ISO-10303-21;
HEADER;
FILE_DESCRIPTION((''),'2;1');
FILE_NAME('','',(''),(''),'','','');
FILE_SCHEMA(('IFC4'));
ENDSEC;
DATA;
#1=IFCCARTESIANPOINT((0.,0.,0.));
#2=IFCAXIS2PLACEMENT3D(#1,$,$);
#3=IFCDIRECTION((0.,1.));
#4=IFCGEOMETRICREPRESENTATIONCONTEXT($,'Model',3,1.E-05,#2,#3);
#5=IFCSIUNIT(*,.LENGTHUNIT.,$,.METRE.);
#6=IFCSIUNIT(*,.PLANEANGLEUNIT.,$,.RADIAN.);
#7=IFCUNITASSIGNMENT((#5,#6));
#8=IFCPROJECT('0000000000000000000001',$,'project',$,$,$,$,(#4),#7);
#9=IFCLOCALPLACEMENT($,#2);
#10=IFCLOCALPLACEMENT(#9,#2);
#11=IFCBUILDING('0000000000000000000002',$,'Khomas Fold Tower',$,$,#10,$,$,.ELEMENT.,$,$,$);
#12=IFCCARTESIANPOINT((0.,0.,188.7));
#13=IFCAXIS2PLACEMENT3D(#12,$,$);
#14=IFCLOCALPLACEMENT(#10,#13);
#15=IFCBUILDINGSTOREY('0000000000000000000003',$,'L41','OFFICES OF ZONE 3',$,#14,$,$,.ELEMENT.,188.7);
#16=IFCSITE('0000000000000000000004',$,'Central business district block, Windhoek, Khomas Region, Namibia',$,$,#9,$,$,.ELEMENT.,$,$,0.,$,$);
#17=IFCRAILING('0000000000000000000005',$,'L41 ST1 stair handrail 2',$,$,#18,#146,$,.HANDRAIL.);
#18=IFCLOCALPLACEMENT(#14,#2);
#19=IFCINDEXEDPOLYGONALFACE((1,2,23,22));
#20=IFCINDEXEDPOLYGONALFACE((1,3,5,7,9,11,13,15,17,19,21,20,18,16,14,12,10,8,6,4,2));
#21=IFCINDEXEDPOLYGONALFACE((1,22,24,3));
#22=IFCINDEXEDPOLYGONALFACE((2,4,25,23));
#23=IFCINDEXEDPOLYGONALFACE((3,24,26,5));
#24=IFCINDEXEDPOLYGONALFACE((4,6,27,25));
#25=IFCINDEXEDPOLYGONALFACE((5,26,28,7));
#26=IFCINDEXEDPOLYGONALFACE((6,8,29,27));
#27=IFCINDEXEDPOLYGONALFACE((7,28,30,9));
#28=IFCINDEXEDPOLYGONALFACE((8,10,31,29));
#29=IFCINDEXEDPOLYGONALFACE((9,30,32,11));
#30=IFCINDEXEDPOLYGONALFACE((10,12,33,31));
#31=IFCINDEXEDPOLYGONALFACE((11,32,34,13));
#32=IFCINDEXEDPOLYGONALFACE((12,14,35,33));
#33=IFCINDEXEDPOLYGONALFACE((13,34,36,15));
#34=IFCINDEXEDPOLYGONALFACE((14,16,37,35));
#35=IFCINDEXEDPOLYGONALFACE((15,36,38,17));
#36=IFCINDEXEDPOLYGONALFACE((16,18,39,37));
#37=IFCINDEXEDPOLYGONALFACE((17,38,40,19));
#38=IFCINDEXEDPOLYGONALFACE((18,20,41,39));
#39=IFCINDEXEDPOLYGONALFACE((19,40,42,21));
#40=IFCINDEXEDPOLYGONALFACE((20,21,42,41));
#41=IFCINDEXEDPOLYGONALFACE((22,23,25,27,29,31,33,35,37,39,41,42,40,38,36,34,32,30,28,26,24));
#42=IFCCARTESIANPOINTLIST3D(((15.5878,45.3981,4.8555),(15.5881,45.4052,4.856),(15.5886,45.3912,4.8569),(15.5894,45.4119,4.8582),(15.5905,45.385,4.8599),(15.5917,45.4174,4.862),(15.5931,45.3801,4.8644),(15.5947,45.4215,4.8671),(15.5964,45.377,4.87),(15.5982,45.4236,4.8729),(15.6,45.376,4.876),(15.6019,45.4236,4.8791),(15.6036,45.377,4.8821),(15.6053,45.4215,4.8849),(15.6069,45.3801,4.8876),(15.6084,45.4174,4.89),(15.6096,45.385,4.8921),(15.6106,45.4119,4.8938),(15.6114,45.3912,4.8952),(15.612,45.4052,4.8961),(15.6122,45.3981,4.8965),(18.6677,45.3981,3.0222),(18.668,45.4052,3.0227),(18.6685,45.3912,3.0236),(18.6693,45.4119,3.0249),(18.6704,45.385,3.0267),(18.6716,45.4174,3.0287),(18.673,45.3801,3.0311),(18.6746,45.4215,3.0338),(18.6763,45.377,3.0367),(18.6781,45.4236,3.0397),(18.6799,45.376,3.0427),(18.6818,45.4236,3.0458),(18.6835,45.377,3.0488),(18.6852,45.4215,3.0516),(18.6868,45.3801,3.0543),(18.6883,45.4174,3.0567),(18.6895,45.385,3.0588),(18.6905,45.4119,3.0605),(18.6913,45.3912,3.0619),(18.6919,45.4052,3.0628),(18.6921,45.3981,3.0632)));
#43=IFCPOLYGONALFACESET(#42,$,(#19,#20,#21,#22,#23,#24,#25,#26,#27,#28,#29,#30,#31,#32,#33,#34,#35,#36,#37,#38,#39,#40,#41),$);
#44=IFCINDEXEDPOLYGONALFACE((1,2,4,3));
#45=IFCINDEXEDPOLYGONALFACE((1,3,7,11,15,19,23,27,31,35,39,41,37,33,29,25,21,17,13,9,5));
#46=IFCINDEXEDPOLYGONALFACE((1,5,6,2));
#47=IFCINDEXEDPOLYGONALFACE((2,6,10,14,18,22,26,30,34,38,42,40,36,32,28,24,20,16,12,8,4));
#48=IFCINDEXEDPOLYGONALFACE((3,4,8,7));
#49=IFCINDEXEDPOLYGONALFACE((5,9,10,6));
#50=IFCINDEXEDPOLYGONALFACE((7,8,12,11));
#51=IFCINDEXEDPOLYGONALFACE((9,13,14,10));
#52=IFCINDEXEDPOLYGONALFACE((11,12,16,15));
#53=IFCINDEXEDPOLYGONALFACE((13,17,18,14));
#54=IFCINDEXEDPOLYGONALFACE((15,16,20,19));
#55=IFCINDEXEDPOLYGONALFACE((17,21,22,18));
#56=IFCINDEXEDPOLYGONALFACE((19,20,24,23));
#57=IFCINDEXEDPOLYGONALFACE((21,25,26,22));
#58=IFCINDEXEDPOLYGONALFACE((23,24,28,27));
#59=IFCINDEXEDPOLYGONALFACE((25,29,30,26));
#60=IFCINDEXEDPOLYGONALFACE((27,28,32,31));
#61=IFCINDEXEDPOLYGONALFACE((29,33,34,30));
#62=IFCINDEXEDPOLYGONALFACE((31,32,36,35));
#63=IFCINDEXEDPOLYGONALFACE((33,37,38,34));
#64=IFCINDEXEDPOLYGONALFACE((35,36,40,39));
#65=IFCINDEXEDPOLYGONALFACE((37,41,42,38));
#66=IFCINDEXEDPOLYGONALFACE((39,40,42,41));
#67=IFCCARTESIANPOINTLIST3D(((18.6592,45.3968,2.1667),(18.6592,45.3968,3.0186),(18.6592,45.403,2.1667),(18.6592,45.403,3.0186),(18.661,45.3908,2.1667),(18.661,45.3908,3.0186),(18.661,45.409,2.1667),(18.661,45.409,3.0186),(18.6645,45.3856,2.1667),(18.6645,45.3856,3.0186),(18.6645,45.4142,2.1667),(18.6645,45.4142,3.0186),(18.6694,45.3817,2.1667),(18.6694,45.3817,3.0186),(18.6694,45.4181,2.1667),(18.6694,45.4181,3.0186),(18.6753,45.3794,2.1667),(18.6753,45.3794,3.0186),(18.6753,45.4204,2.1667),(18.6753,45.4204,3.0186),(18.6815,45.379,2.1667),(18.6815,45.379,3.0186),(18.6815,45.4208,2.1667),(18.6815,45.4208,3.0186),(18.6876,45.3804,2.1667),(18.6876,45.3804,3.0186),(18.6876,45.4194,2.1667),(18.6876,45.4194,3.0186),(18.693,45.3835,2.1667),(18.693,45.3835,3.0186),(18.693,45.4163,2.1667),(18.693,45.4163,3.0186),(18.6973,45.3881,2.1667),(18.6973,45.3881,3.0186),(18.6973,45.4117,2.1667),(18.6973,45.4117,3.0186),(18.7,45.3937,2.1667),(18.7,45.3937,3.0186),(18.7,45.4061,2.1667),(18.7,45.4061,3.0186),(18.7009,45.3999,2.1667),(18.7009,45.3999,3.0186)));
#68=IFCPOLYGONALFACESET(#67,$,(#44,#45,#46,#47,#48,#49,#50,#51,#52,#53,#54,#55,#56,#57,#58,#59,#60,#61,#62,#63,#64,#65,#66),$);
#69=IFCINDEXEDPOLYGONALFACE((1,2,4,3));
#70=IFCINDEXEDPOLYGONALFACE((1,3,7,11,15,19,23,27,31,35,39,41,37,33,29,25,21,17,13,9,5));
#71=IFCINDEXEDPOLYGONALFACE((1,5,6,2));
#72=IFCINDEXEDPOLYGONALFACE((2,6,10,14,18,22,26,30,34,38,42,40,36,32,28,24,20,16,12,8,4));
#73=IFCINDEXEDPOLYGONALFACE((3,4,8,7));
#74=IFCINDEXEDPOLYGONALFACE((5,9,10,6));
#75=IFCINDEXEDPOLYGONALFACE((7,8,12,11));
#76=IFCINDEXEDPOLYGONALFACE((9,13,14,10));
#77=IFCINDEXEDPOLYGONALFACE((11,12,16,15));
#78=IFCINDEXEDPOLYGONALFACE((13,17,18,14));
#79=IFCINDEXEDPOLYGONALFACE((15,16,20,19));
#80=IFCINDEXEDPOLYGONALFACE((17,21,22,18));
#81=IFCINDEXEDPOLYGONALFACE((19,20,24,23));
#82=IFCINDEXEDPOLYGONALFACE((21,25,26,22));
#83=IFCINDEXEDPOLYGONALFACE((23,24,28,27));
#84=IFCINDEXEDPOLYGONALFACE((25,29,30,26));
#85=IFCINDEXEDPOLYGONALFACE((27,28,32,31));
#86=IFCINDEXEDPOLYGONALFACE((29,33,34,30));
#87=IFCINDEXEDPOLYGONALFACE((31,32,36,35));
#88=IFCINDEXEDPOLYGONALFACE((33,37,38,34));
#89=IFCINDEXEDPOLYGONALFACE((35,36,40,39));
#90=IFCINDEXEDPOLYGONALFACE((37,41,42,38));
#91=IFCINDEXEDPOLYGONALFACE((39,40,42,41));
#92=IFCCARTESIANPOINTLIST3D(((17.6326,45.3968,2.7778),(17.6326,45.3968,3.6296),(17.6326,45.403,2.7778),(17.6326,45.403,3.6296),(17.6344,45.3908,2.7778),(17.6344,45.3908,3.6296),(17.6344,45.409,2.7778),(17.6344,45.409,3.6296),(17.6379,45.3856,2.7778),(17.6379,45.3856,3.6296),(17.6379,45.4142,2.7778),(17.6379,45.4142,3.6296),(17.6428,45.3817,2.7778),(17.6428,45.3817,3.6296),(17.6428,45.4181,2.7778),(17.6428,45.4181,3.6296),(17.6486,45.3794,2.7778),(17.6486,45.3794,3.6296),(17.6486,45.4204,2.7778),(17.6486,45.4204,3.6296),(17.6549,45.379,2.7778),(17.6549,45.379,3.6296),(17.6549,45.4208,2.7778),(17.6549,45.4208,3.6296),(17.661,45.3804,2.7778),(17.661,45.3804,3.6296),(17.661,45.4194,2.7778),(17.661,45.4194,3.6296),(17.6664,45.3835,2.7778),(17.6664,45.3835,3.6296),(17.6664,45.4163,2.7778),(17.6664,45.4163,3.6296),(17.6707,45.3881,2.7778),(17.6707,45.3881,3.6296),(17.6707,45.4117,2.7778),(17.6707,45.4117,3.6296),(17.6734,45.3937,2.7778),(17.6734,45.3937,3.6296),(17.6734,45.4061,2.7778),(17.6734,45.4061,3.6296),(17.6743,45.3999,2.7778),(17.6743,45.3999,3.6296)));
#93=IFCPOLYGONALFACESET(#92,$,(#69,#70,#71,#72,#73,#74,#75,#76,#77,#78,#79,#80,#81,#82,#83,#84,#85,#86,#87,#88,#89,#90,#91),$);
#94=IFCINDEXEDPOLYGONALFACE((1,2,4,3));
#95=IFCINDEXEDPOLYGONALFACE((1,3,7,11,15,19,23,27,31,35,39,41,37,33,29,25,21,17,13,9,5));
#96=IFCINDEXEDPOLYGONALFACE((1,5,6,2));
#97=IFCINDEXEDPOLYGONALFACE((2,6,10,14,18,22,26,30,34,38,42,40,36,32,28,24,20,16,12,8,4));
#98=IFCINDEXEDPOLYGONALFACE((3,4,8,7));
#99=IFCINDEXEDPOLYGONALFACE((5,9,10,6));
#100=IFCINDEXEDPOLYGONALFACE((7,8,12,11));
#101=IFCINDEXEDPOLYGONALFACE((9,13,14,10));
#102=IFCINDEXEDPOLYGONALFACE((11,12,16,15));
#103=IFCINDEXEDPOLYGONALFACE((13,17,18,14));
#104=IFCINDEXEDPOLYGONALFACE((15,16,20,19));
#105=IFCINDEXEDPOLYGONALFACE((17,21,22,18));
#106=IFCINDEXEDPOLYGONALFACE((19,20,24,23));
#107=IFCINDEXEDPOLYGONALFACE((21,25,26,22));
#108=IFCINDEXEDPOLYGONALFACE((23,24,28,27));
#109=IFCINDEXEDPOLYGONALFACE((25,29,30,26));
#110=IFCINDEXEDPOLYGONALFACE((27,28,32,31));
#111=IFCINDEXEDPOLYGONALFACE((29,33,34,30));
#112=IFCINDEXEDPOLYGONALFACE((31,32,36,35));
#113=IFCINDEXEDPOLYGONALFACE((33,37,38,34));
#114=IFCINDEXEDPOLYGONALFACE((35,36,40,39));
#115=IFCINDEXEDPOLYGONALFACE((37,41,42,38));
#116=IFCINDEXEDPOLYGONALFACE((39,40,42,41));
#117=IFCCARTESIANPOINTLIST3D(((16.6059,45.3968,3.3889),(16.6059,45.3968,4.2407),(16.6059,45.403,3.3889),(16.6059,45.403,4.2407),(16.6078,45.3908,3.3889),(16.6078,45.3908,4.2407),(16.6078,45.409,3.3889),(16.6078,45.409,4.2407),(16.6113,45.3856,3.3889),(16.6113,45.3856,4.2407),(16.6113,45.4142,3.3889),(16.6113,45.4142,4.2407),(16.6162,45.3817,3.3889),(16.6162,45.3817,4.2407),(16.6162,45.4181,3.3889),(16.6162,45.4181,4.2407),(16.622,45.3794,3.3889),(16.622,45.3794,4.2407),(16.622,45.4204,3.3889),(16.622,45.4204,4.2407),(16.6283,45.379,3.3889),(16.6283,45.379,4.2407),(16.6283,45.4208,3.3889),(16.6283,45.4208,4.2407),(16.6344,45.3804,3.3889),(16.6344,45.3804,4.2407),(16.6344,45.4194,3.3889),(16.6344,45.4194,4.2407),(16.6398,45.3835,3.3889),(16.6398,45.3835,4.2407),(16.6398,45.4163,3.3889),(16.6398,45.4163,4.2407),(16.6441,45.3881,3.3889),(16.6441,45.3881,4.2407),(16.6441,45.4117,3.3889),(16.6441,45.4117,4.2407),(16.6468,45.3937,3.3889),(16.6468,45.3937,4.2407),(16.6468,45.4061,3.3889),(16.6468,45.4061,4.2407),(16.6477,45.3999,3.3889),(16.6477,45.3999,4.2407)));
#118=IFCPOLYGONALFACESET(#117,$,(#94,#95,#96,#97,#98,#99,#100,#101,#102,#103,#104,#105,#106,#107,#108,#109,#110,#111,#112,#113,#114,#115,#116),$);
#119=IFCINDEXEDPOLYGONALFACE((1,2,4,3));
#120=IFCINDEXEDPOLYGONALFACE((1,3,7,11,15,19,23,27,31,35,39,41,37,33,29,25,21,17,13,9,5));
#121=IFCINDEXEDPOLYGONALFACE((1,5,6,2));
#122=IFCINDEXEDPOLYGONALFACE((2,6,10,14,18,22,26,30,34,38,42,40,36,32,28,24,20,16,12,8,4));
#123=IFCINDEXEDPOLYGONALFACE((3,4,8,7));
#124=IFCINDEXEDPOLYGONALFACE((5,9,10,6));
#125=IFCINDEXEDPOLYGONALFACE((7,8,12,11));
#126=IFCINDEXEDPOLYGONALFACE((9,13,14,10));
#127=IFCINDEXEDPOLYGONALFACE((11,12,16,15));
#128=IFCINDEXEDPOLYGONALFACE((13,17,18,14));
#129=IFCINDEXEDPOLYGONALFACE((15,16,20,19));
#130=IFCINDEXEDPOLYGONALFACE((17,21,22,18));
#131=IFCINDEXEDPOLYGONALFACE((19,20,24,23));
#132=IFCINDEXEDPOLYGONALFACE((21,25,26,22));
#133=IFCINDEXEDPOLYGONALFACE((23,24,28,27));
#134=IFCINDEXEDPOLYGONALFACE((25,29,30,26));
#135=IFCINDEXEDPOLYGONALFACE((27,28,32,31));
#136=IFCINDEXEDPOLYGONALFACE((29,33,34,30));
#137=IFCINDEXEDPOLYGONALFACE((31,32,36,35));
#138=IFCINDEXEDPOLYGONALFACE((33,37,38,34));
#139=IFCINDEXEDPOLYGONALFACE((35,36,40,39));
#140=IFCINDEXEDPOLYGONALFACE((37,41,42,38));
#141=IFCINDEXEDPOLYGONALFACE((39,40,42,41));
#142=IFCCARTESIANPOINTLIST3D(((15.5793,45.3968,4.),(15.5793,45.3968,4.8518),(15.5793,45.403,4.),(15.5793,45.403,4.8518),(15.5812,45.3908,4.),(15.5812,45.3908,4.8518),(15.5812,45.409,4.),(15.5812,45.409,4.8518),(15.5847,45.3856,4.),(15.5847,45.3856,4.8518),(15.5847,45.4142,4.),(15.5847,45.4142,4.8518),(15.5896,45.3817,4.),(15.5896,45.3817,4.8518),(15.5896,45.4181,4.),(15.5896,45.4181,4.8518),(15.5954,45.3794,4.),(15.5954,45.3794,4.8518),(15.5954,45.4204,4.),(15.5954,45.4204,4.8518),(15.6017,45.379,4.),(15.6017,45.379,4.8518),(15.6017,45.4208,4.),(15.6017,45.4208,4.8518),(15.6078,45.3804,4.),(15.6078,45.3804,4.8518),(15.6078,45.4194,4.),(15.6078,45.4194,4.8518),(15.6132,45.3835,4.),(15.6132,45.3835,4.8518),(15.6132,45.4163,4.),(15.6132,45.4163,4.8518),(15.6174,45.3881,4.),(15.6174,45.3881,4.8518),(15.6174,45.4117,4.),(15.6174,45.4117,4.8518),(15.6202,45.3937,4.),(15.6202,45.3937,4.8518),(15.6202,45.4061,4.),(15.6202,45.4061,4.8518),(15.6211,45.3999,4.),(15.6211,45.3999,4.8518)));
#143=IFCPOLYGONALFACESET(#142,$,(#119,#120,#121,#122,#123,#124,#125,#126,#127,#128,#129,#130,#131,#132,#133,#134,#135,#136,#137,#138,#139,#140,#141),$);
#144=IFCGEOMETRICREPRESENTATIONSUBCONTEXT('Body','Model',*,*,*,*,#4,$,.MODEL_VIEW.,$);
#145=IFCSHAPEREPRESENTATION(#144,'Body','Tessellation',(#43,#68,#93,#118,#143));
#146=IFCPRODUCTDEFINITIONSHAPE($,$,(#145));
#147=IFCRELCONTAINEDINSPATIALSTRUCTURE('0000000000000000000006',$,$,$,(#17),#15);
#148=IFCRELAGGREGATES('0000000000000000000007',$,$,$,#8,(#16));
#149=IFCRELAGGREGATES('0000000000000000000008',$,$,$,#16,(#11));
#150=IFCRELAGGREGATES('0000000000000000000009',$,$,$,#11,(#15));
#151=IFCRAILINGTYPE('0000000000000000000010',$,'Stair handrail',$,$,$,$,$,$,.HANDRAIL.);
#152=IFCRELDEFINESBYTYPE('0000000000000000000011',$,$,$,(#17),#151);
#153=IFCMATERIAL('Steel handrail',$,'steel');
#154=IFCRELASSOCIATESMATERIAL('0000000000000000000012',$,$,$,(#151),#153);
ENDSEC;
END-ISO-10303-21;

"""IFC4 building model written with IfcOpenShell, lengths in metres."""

from ifc_helpers import new_model, si_unit, direction, frame, origin, origin_2d, place, context, subcontext, project, spatial, circle, extrude, source, transform, mapped, material, type_object, element, save


model = new_model("IFC4")

# Units and contexts
model_context = context("Model", 3, precision=1e-05, world=origin(), true_north=direction((0.0, 1.0)))
body_context = subcontext(model_context, "Body", "Model", "MODEL_VIEW")
ifc_project = project(units=[si_unit("LENGTHUNIT", "METRE"), si_unit("PLANEANGLEUNIT", "RADIAN")], contexts=[model_context])

# Site, building, storey
site_placement = place(None, origin())
site = spatial("IfcSite", under=ifc_project, at=site_placement, Name="Central business district block, Windhoek, Khomas Region, Namibia", CompositionType="ELEMENT", RefElevation=0.0)
building_placement = place(site_placement, origin())
building = spatial("IfcBuilding", under=site, at=building_placement, Name="Khomas Fold Tower", CompositionType="ELEMENT")
storey_placement = place(building_placement, frame((0.0, 0.0, 188.7)))
storey = spatial("IfcBuildingStorey", under=building, at=storey_placement, Name="L41", Description="OFFICES OF ZONE 3", CompositionType="ELEMENT", Elevation=188.7)

# Railing
ifc_material_1 = material(Name="Steel handrail", Category="steel")
railing_type_1 = type_object("IfcRailingType", Name="Stair handrail", PredefinedType="HANDRAIL", material=ifc_material_1)
shared_shape_1 = source(origin(), body_context, "Body", "SweptSolid", [
    extrude(circle(Radius=0.0239, at=origin_2d()), frame((0.0, 0.0, 0.876), z_axis=(-0.859291, 0.0, 0.511487), x_axis=(0.0, -1.0, 0.0)), (0.0, 0.0, 1.0), 3.5842),
    extrude(circle(Radius=0.021, at=origin_2d()), origin(), (0.0, 0.0, 1.0), 0.8518),
    extrude(circle(Radius=0.021, at=origin_2d()), frame((-1.0266, 0.0, 0.6111)), (0.0, 0.0, 1.0), 0.8518),
    extrude(circle(Radius=0.021, at=origin_2d()), frame((-2.0532, 0.0, 1.2222)), (0.0, 0.0, 1.0), 0.8518),
    extrude(circle(Radius=0.021, at=origin_2d()), frame((-3.0798, 0.0, 1.8333)), (0.0, 0.0, 1.0), 0.8518),
])
railing_1_placement = place(storey_placement, frame((18.6799, 45.3999, 2.1667)))
element("IfcRailing", 1, at=railing_1_placement, inside=storey, type_object=railing_type_1, Name="L41 ST1 stair handrail 2", PredefinedType="HANDRAIL", context=body_context, shape_type="MappedRepresentation", body=[
    mapped(shared_shape_1, transform((0.0, 0.0, 0.0))),
])

save(model, "model.ifc")
